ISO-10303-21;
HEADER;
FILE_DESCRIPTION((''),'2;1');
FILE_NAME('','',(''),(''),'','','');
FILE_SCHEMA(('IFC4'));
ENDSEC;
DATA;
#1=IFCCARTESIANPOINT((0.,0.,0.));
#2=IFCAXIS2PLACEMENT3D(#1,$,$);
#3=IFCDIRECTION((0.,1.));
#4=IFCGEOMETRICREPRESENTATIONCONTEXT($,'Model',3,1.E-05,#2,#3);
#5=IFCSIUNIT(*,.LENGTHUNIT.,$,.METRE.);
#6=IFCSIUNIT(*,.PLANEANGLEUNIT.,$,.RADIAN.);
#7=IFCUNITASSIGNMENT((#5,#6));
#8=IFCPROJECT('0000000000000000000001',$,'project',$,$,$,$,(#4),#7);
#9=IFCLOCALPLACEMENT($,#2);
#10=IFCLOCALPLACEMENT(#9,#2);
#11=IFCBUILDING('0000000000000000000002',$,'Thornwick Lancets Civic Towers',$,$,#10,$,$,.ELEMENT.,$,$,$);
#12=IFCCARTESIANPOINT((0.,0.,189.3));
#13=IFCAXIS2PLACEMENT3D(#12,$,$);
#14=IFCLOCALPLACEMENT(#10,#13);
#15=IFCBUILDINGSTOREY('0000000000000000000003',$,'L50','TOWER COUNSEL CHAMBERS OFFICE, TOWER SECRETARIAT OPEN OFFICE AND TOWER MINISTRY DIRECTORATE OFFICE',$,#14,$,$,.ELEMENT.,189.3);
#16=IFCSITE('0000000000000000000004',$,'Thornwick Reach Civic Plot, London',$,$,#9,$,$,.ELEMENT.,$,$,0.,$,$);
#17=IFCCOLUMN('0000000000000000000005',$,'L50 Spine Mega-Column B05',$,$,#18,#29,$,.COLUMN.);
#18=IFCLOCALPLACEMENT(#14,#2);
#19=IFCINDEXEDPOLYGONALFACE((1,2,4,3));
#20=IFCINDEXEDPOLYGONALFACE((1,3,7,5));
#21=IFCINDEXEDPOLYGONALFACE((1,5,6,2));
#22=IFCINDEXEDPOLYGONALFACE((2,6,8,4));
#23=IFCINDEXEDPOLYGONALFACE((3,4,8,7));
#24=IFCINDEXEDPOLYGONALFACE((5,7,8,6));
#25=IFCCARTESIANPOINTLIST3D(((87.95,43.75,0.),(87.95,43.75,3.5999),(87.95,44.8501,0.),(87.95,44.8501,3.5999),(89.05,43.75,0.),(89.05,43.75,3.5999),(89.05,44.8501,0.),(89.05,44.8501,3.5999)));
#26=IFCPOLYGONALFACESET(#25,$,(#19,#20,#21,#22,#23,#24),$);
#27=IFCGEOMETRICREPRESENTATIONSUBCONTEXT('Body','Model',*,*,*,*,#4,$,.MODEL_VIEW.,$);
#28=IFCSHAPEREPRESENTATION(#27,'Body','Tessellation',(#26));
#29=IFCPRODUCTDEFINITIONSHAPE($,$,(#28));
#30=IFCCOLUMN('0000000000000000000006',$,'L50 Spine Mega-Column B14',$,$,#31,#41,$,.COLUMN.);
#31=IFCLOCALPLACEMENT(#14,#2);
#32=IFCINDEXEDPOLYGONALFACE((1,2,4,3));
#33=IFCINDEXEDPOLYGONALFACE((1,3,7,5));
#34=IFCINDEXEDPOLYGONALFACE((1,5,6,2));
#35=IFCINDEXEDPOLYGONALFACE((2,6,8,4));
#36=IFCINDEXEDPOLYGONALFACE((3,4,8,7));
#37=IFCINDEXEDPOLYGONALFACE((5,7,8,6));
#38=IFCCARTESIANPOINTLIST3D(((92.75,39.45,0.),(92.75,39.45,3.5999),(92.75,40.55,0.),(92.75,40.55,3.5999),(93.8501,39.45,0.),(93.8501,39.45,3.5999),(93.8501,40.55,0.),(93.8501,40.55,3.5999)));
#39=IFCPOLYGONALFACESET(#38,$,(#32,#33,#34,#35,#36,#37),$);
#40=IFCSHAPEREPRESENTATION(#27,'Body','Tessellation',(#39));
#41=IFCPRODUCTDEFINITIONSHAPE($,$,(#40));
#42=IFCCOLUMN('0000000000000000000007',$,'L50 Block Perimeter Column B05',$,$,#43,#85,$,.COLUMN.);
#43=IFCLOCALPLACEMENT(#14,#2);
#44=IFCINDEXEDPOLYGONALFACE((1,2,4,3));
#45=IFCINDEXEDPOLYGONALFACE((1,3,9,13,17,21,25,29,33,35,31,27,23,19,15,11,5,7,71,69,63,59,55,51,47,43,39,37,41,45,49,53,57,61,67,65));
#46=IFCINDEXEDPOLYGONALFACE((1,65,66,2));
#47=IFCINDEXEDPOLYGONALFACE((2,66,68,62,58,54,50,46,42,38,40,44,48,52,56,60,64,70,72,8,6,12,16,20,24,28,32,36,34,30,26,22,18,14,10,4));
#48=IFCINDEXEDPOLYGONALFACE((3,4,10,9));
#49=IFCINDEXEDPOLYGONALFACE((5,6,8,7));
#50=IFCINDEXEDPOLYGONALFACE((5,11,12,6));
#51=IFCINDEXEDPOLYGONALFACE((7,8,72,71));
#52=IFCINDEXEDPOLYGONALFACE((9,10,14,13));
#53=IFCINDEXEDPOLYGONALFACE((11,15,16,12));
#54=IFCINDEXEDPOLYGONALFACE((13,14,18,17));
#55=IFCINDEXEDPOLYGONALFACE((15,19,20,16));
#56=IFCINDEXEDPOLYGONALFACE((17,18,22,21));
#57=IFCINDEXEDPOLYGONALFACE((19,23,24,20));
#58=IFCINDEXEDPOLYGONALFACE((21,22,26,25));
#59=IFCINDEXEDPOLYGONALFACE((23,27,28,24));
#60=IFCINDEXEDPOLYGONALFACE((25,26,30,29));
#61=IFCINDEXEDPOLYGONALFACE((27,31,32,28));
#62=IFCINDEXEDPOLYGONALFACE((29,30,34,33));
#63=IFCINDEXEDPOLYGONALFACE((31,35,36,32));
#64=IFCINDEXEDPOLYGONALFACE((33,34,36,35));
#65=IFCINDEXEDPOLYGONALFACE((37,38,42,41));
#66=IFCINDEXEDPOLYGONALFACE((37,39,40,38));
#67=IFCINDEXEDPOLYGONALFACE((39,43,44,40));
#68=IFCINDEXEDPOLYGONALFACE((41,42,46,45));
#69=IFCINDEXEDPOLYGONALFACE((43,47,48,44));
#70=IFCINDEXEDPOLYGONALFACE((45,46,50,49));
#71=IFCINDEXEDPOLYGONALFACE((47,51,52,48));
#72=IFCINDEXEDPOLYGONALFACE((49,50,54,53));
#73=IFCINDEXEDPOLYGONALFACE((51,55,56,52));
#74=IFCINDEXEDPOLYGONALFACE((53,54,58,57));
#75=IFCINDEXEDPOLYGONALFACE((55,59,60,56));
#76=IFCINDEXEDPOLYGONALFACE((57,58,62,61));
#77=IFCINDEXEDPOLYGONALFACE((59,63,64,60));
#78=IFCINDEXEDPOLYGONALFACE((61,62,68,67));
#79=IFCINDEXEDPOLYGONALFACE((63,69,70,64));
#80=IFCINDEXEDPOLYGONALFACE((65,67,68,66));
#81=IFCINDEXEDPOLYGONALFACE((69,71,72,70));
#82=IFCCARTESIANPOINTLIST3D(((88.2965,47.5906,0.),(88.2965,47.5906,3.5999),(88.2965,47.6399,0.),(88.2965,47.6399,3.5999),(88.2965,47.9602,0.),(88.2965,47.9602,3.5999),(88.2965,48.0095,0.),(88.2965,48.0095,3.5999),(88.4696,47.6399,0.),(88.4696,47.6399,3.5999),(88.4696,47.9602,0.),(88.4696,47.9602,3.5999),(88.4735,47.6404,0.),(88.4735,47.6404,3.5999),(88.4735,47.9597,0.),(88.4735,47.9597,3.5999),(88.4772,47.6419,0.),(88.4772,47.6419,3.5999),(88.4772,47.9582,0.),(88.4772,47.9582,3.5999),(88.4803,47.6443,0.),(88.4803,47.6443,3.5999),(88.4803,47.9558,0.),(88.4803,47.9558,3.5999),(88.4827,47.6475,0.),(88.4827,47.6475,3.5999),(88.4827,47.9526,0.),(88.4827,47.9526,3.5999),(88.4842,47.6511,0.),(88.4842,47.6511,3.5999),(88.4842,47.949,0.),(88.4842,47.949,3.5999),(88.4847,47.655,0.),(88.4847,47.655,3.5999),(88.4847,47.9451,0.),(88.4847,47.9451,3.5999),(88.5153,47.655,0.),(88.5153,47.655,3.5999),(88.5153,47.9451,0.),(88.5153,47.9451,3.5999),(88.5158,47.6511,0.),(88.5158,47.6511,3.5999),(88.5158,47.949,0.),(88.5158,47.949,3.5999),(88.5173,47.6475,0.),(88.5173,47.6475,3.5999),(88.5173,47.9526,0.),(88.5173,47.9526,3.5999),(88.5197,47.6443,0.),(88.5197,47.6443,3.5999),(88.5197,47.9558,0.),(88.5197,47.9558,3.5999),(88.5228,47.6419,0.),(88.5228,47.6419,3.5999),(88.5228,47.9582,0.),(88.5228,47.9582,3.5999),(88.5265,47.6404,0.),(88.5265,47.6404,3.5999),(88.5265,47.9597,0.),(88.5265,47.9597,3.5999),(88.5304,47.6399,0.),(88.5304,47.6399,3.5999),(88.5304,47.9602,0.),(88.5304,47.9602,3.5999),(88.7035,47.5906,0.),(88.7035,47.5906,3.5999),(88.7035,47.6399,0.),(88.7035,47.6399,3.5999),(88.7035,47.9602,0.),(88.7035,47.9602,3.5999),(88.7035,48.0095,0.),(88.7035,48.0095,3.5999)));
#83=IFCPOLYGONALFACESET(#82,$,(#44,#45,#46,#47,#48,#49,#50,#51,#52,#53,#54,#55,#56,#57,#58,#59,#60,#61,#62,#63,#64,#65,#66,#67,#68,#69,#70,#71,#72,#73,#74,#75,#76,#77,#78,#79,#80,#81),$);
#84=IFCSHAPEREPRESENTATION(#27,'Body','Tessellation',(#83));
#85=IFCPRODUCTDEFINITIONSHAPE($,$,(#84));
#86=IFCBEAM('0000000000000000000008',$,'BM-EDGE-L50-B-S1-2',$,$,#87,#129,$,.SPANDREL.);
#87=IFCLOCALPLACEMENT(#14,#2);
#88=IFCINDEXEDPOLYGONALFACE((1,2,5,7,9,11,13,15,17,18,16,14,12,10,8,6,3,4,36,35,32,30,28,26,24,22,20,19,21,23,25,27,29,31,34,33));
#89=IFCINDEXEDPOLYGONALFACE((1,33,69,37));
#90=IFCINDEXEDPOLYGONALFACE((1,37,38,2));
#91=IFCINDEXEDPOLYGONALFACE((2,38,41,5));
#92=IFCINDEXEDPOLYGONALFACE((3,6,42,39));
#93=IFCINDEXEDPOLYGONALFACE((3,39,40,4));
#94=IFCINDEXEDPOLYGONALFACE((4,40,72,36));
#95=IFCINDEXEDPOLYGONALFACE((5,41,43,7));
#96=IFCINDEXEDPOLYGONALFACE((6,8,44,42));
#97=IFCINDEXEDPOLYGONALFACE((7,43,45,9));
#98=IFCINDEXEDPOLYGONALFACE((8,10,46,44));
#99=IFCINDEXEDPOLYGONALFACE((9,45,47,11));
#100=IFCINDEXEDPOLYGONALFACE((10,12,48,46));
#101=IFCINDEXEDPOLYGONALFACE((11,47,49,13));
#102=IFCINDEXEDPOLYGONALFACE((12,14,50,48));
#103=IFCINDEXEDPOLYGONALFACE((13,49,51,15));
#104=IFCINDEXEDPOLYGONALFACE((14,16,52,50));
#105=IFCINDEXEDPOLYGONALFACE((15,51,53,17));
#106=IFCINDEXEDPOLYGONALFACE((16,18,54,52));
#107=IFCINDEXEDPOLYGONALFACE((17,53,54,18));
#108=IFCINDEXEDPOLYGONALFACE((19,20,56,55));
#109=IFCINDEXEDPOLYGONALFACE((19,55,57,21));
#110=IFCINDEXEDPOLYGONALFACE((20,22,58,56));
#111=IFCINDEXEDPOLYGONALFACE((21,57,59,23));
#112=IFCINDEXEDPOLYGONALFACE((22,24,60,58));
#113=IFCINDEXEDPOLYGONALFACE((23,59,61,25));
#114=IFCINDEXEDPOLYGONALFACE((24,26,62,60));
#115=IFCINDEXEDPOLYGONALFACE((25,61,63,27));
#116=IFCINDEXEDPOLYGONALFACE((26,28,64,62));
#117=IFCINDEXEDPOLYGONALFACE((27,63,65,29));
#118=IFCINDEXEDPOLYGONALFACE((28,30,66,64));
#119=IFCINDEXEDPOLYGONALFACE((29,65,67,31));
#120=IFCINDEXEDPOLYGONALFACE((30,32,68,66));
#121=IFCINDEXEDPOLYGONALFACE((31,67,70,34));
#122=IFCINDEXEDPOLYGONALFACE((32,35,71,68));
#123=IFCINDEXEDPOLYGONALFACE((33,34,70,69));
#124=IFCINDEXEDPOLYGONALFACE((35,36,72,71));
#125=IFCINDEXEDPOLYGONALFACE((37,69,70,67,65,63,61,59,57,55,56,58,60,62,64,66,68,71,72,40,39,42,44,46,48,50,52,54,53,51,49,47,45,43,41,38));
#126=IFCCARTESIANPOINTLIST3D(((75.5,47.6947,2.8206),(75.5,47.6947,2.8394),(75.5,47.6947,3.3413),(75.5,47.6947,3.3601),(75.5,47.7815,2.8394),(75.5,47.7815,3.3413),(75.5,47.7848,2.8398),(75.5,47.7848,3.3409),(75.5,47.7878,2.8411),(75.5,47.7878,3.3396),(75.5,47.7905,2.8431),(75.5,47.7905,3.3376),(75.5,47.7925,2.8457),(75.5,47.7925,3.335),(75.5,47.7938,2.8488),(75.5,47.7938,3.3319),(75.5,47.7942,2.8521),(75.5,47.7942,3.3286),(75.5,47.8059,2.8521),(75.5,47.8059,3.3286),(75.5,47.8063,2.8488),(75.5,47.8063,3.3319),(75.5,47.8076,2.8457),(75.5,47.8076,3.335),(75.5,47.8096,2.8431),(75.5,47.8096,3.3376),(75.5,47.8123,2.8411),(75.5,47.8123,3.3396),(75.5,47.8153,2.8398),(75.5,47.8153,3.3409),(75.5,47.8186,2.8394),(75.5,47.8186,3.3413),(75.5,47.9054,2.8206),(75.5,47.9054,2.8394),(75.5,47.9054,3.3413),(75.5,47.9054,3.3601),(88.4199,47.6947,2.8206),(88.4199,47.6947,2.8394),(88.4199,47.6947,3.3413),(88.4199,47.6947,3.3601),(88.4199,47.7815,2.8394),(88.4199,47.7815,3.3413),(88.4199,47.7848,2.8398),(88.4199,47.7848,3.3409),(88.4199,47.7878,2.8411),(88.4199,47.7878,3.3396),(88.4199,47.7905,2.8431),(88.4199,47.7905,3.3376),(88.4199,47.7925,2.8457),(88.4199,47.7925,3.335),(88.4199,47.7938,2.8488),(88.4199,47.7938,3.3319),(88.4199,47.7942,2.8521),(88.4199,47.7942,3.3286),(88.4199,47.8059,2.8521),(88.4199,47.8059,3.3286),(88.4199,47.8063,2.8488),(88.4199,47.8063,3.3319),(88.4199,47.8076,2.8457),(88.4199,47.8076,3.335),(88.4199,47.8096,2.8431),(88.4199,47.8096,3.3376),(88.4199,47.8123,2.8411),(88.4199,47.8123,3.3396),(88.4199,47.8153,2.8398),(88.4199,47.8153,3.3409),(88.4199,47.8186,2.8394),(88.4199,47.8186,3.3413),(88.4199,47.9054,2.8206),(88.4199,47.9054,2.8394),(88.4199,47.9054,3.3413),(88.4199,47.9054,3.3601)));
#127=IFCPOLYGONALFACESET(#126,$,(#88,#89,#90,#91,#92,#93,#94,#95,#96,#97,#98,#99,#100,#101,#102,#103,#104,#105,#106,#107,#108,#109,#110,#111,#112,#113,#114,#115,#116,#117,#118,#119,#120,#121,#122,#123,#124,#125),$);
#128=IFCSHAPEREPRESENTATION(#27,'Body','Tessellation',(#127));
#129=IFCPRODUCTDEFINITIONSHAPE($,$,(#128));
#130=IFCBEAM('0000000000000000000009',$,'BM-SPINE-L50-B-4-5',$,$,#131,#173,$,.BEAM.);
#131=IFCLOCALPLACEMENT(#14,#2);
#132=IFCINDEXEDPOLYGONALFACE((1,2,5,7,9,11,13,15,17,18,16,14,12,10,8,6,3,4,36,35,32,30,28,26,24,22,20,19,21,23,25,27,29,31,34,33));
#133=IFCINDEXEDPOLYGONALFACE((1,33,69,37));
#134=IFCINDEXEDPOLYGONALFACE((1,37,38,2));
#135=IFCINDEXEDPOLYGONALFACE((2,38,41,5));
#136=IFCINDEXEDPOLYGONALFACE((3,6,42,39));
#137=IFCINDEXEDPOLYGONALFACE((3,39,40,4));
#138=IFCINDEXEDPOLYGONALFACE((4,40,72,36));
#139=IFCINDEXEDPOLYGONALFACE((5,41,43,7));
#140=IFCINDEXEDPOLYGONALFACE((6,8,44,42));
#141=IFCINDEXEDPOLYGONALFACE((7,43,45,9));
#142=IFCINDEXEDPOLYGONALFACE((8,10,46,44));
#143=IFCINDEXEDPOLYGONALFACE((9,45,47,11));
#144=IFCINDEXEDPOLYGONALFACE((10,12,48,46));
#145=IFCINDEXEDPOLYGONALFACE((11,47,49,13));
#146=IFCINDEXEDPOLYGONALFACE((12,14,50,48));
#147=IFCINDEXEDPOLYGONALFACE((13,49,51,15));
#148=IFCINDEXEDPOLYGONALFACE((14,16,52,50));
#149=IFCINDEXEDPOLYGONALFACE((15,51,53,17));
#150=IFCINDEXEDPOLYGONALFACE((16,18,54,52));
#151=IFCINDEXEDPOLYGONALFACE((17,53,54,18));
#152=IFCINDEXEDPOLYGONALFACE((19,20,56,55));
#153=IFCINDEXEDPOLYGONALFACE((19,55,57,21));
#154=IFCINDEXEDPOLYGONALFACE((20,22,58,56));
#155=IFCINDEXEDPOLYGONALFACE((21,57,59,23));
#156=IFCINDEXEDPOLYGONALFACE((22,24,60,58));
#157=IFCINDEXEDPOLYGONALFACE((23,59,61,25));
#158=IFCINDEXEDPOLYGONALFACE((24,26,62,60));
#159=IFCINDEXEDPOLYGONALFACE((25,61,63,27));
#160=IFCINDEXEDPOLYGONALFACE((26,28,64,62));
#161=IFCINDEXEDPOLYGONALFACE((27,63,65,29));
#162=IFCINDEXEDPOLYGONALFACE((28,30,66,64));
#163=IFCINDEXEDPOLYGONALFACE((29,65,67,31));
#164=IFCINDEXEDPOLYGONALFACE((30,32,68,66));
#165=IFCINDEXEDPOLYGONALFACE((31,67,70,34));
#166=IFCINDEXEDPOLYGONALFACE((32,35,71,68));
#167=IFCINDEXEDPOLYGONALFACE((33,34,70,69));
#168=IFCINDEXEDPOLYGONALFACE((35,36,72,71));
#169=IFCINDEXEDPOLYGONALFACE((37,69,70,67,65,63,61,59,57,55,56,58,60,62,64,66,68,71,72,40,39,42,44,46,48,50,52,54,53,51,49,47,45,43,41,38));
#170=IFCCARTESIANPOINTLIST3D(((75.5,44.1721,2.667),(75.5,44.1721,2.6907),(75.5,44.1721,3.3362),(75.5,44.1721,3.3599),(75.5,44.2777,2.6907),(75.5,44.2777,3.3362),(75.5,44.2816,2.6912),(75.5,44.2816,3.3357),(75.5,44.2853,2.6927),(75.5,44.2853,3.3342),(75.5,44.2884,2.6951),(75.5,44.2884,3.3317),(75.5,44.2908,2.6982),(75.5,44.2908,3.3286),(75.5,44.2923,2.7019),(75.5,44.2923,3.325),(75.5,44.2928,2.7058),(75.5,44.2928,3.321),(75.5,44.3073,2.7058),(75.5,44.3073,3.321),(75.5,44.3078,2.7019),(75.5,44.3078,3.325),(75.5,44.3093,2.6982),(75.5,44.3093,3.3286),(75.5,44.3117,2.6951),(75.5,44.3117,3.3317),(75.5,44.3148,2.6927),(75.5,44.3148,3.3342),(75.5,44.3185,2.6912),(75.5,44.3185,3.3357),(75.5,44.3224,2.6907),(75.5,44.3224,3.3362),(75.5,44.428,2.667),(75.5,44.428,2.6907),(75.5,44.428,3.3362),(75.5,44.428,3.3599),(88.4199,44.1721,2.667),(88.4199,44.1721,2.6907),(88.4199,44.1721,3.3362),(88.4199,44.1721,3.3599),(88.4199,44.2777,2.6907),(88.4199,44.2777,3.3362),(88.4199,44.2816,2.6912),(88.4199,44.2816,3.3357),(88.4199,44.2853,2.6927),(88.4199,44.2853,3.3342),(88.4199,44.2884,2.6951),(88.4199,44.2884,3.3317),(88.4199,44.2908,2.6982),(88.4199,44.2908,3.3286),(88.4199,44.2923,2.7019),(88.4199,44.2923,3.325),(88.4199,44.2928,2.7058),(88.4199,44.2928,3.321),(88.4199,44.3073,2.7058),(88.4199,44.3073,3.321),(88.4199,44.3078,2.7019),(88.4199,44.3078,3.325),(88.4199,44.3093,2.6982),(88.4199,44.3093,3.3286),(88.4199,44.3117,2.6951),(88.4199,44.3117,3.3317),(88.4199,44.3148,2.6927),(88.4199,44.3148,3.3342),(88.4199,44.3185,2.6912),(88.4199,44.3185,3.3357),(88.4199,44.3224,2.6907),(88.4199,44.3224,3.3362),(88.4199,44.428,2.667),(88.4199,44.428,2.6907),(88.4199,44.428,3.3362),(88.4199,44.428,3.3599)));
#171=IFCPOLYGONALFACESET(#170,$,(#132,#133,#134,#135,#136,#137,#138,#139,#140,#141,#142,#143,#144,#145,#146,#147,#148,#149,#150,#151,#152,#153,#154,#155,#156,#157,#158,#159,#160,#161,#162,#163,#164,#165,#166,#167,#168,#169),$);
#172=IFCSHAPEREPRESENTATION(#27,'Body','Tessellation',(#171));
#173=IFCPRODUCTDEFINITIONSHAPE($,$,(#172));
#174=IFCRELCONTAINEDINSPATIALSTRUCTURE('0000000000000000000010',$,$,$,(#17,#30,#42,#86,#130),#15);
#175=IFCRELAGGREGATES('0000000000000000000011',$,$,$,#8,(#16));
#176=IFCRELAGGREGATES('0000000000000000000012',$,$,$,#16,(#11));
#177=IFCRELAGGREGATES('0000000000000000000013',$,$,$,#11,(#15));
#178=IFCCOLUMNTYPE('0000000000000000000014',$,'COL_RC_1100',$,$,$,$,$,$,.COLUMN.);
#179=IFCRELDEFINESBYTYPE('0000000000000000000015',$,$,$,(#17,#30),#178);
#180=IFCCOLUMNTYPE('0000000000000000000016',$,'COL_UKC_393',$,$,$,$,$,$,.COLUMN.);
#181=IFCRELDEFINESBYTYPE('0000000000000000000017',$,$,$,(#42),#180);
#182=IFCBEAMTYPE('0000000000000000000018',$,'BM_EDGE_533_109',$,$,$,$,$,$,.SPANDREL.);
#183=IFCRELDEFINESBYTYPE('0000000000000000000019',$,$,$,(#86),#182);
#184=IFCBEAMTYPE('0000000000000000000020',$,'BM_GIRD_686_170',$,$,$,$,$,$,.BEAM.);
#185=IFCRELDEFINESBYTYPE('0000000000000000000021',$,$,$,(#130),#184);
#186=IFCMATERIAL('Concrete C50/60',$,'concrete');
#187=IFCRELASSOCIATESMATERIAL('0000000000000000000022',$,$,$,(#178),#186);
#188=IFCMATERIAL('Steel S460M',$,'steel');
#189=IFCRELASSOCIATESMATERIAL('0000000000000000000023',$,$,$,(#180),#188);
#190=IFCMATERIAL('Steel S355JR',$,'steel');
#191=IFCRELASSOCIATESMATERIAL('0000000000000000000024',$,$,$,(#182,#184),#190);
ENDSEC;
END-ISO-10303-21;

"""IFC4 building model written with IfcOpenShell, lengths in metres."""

from ifc_helpers import new_model, si_unit, direction, frame, origin, origin_2d, place, context, subcontext, project, spatial, rectangle, i_section, extrude, material, material_profile, profile_set, type_object, element, save


model = new_model("IFC4")

# Units and contexts
model_context = context("Model", 3, precision=1e-05, world=origin(), true_north=direction((0.0, 1.0)))
body_context = subcontext(model_context, "Body", "Model", "MODEL_VIEW")
ifc_project = project(units=[si_unit("LENGTHUNIT", "METRE"), si_unit("PLANEANGLEUNIT", "RADIAN")], contexts=[model_context])

# Site, building, storey
site_placement = place(None, origin())
site = spatial("IfcSite", under=ifc_project, at=site_placement, Name="Thornwick Reach Civic Plot, London", CompositionType="ELEMENT", RefElevation=0.0)
building_placement = place(site_placement, origin())
building = spatial("IfcBuilding", under=site, at=building_placement, Name="Thornwick Lancets Civic Towers", CompositionType="ELEMENT")
storey_placement = place(building_placement, frame((0.0, 0.0, 189.3)))
storey = spatial("IfcBuildingStorey", under=building, at=storey_placement, Name="L50", Description="TOWER COUNSEL CHAMBERS OFFICE, TOWER SECRETARIAT OPEN OFFICE AND TOWER MINISTRY DIRECTORATE OFFICE", CompositionType="ELEMENT", Elevation=189.3)

# Columns
ifc_material_1 = material(Name="Concrete C50/60", Category="concrete")
ifc_material_profile_1 = material_profile(ifc_material_1, rectangle(XDim=1.1001, YDim=1.1001, at=origin_2d()), Name="RC 1100x1100")
ifc_profile_set_1 = profile_set([ifc_material_profile_1], Name="Concrete C50/60")
column_type_1 = type_object("IfcColumnType", Name="COL_RC_1100", PredefinedType="COLUMN", material=ifc_profile_set_1)
for number, where, z_axis, x_axis, name in (
    (1, (88.5, 44.3, 0.0), (0.0, 0.0, 1.0), (1.0, 0.0, 0.0), "L50 Spine Mega-Column B05"),
    (2, (93.3, 40.0, 0.0), (0.0, 0.0, 1.0), (1.0, 0.0, 0.0), "L50 Spine Mega-Column B14"),
):
    element("IfcColumn", number, at=place(storey_placement, frame(where, z_axis=z_axis, x_axis=x_axis)), inside=storey, type_object=column_type_1, Name=name, PredefinedType="COLUMN", context=body_context, shape_type="SweptSolid", body=[
        extrude(rectangle(XDim=1.1001, YDim=1.1001, at=origin_2d()), origin(), (0.0, 0.0, 1.0), 3.5999),
    ])
ifc_material_2 = material(Name="Steel S460M", Category="steel")
ifc_material_profile_2 = material_profile(ifc_material_2, i_section(OverallWidth=0.407, OverallDepth=0.4189, WebThickness=0.0305, FlangeThickness=0.0493, FilletRadius=0.0151, at=origin_2d()), Name="UKC 356x406x393")
ifc_profile_set_2 = profile_set([ifc_material_profile_2], Name="Steel S460M")
column_type_2 = type_object("IfcColumnType", Name="COL_UKC_393", PredefinedType="COLUMN", material=ifc_profile_set_2)
column_placement = place(storey_placement, frame((88.5, 47.8, 0.0), z_axis=(0.0, 0.0, 1.0), x_axis=(1.0, 0.0, 0.0)))
element("IfcColumn", 3, at=column_placement, inside=storey, type_object=column_type_2, Name="L50 Block Perimeter Column B05", PredefinedType="COLUMN", context=body_context, shape_type="SweptSolid", body=[
    extrude(i_section(OverallWidth=0.407, OverallDepth=0.4189, WebThickness=0.0305, FlangeThickness=0.0493, FilletRadius=0.0151, at=origin_2d()), origin(), (0.0, 0.0, 1.0), 3.5999),
])

# Beams
ifc_material_3 = material(Name="Steel S355JR", Category="steel")
ifc_material_profile_3 = material_profile(ifc_material_3, i_section(OverallWidth=0.2107, OverallDepth=0.5396, WebThickness=0.0117, FlangeThickness=0.0188, FilletRadius=0.0127, at=origin_2d()), Name="UKB 533x210x109")
ifc_profile_set_3 = profile_set([ifc_material_profile_3], Name="Steel S355JR")
beam_type_1 = type_object("IfcBeamType", Name="BM_EDGE_533_109", PredefinedType="SPANDREL", material=ifc_profile_set_3)
beam_1_placement = place(storey_placement, frame((88.4199, 47.8, 3.0903), z_axis=(-1.0, 0.0, 0.0), x_axis=(0.0, -1.0, 0.0)))
element("IfcBeam", 4, at=beam_1_placement, inside=storey, type_object=beam_type_1, Name="BM-EDGE-L50-B-S1-2", PredefinedType="SPANDREL", context=body_context, shape_type="SweptSolid", body=[
    extrude(i_section(OverallWidth=0.2107, OverallDepth=0.5396, WebThickness=0.0117, FlangeThickness=0.0188, FilletRadius=0.0127, at=origin_2d()), origin(), (0.0, 0.0, 1.0), 12.9199),
])
ifc_material_profile_4 = material_profile(ifc_material_3, i_section(OverallWidth=0.2559, OverallDepth=0.6929, WebThickness=0.0144, FlangeThickness=0.0237, FilletRadius=0.0151, at=origin_2d()), Name="UKB 686x254x170")
ifc_profile_set_4 = profile_set([ifc_material_profile_4], Name="Steel S355JR")
beam_type_2 = type_object("IfcBeamType", Name="BM_GIRD_686_170", PredefinedType="BEAM", material=ifc_profile_set_4)
beam_2_placement = place(storey_placement, frame((88.4199, 44.3, 3.0134), z_axis=(-1.0, 0.0, 0.0), x_axis=(0.0, -1.0, 0.0)))
element("IfcBeam", 5, at=beam_2_placement, inside=storey, type_object=beam_type_2, Name="BM-SPINE-L50-B-4-5", PredefinedType="BEAM", context=body_context, shape_type="SweptSolid", body=[
    extrude(i_section(OverallWidth=0.2559, OverallDepth=0.6929, WebThickness=0.0144, FlangeThickness=0.0237, FilletRadius=0.0151, at=origin_2d()), origin(), (0.0, 0.0, 1.0), 12.9199),
])

save(model, "model.ifc")
